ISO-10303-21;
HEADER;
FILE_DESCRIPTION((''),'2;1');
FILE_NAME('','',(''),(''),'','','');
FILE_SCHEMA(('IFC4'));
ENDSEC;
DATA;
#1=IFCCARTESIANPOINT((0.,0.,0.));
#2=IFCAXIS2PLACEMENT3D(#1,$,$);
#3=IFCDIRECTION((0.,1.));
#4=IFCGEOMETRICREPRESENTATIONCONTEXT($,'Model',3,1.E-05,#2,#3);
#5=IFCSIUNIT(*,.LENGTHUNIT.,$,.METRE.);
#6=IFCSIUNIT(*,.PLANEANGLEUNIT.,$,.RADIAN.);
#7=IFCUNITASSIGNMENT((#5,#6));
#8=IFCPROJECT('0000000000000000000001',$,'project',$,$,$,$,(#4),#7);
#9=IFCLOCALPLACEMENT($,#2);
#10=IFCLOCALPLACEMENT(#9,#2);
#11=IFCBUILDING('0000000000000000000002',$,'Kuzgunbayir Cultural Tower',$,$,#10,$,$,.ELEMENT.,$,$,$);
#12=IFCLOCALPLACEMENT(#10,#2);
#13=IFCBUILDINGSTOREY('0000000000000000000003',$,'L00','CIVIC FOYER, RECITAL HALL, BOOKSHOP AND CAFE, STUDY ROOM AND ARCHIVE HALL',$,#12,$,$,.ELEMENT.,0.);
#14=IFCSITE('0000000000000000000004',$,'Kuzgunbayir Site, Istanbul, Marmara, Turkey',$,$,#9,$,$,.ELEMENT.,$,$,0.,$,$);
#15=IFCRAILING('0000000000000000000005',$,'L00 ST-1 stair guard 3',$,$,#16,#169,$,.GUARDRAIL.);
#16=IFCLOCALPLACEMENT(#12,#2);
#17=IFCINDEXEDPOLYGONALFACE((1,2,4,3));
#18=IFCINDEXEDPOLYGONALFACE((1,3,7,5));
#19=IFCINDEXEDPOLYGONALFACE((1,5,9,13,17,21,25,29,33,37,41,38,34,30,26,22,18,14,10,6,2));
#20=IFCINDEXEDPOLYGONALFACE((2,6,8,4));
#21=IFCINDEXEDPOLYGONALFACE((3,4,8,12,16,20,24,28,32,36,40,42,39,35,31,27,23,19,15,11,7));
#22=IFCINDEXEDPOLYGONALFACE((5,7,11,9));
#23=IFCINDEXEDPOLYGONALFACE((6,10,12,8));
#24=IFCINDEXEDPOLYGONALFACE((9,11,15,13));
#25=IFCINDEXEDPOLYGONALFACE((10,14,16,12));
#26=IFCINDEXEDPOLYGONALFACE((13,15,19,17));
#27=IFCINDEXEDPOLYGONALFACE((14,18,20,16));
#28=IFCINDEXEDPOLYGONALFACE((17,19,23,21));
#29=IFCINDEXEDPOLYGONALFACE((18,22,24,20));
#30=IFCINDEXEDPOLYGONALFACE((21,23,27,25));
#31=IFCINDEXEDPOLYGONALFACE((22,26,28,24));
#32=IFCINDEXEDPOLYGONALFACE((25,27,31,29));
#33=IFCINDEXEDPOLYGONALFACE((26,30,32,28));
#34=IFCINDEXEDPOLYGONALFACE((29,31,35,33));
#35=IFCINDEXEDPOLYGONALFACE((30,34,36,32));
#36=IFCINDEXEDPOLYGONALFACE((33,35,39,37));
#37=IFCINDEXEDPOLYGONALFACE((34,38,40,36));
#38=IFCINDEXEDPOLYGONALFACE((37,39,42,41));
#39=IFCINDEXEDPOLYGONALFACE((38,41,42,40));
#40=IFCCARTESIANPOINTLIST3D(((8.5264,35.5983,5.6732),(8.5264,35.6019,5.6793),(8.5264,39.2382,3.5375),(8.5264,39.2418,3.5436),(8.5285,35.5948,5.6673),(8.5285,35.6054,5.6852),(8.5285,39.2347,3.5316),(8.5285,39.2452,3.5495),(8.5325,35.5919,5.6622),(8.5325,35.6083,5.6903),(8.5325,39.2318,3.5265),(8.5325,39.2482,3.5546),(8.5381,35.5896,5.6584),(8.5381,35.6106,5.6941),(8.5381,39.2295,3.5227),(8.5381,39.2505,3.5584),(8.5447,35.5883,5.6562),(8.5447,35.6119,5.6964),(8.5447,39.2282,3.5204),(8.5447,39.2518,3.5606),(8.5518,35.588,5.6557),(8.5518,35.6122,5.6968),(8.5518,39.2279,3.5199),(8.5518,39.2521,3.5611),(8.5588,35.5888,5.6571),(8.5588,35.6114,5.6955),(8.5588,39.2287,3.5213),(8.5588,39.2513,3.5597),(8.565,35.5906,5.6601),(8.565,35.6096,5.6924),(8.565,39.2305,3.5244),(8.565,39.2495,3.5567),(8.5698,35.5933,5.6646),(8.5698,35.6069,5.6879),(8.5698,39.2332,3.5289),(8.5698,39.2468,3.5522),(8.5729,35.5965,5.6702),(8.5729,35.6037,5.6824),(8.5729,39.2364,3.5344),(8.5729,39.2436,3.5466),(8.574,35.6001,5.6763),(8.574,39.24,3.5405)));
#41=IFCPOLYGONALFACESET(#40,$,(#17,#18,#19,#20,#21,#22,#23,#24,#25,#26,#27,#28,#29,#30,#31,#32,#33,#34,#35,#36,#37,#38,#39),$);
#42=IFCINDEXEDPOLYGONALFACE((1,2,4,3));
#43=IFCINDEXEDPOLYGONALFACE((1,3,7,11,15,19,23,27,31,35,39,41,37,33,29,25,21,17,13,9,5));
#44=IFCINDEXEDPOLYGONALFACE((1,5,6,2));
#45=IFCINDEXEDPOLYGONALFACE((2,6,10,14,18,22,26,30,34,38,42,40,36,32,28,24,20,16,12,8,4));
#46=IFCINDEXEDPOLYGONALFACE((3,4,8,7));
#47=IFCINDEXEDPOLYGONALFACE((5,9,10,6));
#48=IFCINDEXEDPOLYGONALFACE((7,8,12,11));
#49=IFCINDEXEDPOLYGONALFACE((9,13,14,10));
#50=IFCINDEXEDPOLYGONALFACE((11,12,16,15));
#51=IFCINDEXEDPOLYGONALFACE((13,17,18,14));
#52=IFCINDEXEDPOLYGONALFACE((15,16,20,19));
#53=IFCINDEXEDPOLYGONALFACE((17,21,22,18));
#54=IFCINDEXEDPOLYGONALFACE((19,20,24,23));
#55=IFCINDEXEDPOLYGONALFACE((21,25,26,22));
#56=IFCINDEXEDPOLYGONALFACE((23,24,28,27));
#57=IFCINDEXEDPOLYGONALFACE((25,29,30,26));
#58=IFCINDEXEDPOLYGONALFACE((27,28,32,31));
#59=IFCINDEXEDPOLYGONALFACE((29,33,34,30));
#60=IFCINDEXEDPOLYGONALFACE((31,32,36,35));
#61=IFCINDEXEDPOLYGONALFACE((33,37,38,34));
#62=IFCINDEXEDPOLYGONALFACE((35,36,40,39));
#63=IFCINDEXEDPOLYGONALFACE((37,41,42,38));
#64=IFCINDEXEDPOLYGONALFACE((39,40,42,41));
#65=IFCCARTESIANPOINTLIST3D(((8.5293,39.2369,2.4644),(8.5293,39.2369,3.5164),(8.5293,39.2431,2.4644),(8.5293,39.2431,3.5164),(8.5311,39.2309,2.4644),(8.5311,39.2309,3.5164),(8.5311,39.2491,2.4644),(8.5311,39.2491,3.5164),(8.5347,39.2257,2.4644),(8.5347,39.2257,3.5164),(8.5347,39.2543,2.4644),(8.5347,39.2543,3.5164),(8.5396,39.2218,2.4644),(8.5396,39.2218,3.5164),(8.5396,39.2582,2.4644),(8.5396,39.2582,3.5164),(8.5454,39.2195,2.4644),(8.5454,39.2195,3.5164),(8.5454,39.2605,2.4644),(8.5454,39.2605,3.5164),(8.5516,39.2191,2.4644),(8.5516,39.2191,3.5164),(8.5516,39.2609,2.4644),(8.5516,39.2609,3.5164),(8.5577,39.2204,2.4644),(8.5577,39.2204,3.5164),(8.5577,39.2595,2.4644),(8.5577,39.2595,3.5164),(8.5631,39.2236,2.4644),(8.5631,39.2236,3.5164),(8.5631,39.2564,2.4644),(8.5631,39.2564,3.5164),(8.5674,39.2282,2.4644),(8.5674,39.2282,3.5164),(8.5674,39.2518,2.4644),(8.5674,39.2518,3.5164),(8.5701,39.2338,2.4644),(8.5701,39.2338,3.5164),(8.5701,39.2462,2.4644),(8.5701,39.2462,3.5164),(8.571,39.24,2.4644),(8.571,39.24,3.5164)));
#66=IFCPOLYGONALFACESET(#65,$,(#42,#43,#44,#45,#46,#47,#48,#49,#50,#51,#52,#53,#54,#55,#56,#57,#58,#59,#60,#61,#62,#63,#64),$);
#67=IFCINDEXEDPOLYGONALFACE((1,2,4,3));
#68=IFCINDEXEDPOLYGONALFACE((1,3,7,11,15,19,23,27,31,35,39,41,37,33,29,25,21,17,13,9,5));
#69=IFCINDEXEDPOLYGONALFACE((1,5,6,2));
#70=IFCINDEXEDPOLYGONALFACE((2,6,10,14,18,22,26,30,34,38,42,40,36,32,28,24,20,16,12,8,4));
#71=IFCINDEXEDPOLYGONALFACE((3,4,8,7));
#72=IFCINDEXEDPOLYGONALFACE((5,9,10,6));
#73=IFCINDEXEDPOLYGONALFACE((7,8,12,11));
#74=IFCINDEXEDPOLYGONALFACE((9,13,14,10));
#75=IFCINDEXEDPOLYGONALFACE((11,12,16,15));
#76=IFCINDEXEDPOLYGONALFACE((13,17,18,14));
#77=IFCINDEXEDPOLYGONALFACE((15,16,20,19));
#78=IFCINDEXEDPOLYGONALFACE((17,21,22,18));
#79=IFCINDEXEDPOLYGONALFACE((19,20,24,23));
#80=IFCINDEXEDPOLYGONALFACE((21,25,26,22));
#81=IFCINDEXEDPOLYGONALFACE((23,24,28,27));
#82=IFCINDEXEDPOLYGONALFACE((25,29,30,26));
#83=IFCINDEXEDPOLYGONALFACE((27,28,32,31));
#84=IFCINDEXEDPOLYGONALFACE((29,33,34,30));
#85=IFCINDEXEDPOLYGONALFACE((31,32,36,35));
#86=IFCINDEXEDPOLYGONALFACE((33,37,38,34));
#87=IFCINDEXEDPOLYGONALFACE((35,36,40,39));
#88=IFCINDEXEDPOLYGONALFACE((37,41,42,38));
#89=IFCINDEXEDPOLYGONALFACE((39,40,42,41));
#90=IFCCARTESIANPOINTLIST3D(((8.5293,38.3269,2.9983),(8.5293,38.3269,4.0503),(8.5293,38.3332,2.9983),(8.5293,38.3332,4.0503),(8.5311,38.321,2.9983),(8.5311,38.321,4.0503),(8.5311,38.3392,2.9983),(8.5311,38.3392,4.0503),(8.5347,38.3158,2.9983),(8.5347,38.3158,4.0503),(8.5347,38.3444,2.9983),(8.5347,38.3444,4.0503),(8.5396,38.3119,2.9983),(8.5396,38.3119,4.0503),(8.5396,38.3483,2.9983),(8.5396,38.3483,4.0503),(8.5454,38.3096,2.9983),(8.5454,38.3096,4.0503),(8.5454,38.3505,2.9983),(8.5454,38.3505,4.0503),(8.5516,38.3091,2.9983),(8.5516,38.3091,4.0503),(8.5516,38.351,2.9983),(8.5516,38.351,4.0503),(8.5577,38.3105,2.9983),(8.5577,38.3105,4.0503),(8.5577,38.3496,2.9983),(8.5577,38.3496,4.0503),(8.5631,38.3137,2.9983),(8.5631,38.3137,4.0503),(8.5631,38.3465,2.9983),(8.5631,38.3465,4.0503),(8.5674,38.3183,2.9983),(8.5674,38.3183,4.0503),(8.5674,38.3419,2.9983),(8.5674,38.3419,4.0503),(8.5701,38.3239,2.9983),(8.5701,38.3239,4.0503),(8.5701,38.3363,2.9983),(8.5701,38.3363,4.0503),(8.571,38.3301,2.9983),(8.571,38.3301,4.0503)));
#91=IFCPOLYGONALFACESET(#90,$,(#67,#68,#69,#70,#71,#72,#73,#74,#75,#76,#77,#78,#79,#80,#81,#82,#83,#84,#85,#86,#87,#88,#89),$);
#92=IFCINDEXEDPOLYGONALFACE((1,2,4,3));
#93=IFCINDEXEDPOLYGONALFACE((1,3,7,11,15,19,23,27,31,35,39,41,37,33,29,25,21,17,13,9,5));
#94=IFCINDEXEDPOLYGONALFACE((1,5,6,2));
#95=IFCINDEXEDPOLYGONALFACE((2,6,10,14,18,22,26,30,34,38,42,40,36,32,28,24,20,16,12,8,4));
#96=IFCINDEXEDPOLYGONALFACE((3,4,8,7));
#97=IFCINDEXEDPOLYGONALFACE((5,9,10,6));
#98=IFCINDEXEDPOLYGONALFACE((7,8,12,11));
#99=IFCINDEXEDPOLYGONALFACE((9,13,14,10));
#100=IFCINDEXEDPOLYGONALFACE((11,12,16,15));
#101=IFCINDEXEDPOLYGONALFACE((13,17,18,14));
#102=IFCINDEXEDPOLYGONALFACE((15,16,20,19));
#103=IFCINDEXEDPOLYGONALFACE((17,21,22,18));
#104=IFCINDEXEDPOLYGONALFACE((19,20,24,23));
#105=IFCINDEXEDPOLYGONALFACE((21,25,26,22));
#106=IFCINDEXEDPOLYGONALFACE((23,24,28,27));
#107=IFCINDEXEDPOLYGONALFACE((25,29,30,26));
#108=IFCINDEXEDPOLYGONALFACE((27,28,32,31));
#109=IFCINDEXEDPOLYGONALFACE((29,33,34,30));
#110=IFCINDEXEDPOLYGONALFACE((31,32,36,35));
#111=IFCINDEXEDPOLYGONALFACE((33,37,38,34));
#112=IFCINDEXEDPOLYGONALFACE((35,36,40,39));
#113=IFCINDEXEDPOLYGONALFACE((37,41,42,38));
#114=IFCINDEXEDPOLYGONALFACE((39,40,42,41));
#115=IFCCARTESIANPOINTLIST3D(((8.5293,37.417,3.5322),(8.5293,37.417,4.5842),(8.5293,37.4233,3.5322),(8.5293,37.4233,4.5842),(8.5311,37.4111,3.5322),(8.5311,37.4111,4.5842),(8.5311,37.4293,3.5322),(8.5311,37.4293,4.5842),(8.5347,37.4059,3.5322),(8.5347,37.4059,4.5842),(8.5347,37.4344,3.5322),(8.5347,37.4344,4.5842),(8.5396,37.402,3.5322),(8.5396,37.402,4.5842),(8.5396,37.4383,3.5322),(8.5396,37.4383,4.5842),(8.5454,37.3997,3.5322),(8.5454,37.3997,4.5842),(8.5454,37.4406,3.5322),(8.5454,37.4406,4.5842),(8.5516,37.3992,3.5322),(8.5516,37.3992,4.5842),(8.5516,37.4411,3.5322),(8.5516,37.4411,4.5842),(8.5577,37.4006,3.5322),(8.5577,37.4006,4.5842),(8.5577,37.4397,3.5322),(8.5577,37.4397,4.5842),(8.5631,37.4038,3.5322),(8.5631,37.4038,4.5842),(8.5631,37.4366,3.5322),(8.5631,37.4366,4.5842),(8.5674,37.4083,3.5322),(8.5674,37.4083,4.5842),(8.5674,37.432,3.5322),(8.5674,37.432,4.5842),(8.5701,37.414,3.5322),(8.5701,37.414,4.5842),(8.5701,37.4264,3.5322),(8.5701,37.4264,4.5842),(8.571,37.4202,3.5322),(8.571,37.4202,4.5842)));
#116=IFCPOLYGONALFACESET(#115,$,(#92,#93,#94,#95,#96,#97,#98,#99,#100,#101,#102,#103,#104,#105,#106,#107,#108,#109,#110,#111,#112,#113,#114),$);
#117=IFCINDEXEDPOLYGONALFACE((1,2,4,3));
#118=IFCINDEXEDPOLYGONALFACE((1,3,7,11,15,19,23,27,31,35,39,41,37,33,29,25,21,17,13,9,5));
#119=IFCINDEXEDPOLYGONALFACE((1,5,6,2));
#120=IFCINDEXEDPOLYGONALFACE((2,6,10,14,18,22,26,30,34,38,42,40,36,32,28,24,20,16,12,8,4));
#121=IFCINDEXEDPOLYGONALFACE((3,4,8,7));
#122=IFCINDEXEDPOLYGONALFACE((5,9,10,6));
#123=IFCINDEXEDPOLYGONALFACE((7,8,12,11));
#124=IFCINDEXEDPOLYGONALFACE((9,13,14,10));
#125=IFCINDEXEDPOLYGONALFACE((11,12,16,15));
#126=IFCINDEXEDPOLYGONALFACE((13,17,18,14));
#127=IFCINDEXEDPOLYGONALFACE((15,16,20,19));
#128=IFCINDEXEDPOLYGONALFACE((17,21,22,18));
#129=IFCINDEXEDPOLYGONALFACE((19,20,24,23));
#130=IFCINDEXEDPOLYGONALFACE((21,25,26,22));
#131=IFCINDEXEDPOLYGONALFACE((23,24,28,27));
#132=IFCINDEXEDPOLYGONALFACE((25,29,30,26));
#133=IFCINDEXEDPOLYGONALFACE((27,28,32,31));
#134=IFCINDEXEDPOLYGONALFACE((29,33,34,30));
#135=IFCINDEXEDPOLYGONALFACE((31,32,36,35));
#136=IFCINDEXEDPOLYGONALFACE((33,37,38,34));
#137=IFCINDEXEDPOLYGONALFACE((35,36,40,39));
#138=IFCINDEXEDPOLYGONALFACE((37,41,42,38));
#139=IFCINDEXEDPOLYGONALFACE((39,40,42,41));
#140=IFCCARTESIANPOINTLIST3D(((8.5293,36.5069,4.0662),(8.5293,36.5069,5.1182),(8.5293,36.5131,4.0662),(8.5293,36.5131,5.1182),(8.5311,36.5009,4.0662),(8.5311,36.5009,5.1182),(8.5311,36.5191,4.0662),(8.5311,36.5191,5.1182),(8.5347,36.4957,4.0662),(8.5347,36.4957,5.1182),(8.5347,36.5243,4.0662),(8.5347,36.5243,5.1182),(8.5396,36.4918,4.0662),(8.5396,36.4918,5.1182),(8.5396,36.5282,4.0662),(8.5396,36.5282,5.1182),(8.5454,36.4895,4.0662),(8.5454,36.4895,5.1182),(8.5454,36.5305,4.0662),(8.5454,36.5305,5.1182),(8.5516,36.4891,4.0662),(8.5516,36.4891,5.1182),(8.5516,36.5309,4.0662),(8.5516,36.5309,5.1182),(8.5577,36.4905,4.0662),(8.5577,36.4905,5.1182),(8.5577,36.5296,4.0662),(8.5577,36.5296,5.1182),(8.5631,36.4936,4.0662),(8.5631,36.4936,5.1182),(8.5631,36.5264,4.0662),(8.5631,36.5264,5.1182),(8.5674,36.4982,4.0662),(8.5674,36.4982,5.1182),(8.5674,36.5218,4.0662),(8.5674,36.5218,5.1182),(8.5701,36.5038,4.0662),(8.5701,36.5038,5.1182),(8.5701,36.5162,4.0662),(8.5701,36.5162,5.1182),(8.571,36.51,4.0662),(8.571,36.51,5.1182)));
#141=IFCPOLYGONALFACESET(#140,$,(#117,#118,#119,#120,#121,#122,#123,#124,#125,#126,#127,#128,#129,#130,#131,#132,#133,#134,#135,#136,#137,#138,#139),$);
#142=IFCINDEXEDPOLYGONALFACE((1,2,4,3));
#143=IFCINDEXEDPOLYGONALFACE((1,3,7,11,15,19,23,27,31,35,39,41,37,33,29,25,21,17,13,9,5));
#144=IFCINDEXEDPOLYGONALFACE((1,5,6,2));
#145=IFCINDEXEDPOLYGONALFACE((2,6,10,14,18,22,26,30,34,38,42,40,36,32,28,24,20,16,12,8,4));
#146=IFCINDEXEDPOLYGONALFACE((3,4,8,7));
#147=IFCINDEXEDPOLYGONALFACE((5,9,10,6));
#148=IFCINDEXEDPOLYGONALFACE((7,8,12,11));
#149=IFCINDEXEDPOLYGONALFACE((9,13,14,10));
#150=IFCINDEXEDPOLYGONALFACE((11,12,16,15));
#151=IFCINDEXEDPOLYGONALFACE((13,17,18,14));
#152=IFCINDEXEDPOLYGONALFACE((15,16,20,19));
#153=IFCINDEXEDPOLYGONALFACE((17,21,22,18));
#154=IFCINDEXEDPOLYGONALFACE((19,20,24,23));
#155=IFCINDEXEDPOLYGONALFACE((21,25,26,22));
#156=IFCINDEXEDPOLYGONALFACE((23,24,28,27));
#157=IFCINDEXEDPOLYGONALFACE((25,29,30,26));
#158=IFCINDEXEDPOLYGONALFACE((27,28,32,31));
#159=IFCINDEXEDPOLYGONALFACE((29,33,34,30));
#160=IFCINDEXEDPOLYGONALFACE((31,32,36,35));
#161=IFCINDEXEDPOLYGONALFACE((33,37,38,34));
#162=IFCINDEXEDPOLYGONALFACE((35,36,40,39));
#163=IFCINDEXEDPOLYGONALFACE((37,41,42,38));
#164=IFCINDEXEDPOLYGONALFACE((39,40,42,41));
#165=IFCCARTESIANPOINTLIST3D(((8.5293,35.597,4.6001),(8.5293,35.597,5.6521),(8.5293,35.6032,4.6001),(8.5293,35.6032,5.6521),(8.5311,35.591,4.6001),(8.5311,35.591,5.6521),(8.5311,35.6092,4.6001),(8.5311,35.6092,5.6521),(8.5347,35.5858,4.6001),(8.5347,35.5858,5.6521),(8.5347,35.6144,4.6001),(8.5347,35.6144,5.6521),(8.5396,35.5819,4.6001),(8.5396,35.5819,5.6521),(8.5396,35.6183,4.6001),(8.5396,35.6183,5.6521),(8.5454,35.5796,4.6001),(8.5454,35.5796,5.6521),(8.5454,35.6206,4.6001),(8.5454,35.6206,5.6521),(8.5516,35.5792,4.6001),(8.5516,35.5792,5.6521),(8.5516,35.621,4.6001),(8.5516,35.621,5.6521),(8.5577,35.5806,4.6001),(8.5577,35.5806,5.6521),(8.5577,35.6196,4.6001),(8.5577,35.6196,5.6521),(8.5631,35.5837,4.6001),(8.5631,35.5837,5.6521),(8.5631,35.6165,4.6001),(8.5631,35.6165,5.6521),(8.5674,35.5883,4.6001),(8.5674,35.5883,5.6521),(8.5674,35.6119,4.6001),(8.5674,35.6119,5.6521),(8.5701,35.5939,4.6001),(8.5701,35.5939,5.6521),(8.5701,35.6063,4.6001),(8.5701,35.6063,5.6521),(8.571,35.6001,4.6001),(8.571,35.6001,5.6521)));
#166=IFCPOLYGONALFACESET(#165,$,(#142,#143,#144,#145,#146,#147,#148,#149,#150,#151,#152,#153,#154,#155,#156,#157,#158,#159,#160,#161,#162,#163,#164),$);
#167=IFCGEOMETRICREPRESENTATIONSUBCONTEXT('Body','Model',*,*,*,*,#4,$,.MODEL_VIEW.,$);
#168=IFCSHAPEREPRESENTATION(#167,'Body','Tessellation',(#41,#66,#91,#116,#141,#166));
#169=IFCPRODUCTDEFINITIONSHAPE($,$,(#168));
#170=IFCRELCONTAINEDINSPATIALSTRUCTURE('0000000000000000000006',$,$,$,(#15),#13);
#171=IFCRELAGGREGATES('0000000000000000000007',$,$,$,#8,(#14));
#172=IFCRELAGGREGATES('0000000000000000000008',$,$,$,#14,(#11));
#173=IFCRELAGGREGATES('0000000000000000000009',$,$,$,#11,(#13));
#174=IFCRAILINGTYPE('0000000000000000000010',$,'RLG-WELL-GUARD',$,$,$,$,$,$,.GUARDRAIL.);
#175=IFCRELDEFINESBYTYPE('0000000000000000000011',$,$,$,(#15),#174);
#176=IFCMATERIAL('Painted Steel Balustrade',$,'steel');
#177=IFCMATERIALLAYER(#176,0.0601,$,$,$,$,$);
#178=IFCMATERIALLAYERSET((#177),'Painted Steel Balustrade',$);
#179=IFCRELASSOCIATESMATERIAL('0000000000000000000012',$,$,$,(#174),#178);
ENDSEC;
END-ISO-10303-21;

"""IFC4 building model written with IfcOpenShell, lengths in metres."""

from ifc_helpers import new_model, si_unit, direction, frame, origin, origin_2d, place, context, subcontext, project, spatial, circle, extrude, material, layer, layer_set, type_object, element, save


model = new_model("IFC4")

# Units and contexts
model_context = context("Model", 3, precision=1e-05, world=origin(), true_north=direction((0.0, 1.0)))
body_context = subcontext(model_context, "Body", "Model", "MODEL_VIEW")
ifc_project = project(units=[si_unit("LENGTHUNIT", "METRE"), si_unit("PLANEANGLEUNIT", "RADIAN")], contexts=[model_context])

# Site, building, storey
site_placement = place(None, origin())
site = spatial("IfcSite", under=ifc_project, at=site_placement, Name="Kuzgunbayir Site, Istanbul, Marmara, Turkey", CompositionType="ELEMENT", RefElevation=0.0)
building_placement = place(site_placement, origin())
building = spatial("IfcBuilding", under=site, at=building_placement, Name="Kuzgunbayir Cultural Tower", CompositionType="ELEMENT")
storey_placement = place(building_placement, origin())
storey = spatial("IfcBuildingStorey", under=building, at=storey_placement, Name="L00", Description="CIVIC FOYER, RECITAL HALL, BOOKSHOP AND CAFE, STUDY ROOM AND ARCHIVE HALL", CompositionType="ELEMENT", Elevation=0.0)

# Railing
ifc_material_1 = material(Name="Painted Steel Balustrade", Category="steel")
ifc_layer_1 = layer(ifc_material_1, 0.0601)
ifc_layer_set_1 = layer_set([ifc_layer_1], Name="Painted Steel Balustrade")
railing_type_1 = type_object("IfcRailingType", Name="RLG-WELL-GUARD", PredefinedType="GUARDRAIL", material=ifc_layer_set_1)
railing_1_placement = place(storey_placement, frame((8.55, 39.24, 2.4644)))
element("IfcRailing", 1, at=railing_1_placement, inside=storey, type_object=railing_type_1, Name="L00 ST-1 stair guard 3", PredefinedType="GUARDRAIL", context=body_context, shape_type="SweptSolid", body=[
    extrude(circle(Radius=0.0239, at=origin_2d()), frame((0.0, 0.0, 1.0762), z_axis=(0.0, -0.86249, 0.506074), x_axis=(1.0, 0.0, 0.0)), (0.0, 0.0, 1.0), 4.2202),
    extrude(circle(Radius=0.021, at=origin_2d()), origin(), (0.0, 0.0, 1.0), 1.052),
    extrude(circle(Radius=0.021, at=origin_2d()), frame((0.0, -0.9099, 0.5339)), (0.0, 0.0, 1.0), 1.052),
    extrude(circle(Radius=0.021, at=origin_2d()), frame((0.0, -1.8198, 1.0679)), (0.0, 0.0, 1.0), 1.052),
    extrude(circle(Radius=0.021, at=origin_2d()), frame((0.0, -2.73, 1.6018)), (0.0, 0.0, 1.0), 1.052),
    extrude(circle(Radius=0.021, at=origin_2d()), frame((0.0, -3.6399, 2.1357)), (0.0, 0.0, 1.0), 1.052),
])

save(model, "model.ifc")
